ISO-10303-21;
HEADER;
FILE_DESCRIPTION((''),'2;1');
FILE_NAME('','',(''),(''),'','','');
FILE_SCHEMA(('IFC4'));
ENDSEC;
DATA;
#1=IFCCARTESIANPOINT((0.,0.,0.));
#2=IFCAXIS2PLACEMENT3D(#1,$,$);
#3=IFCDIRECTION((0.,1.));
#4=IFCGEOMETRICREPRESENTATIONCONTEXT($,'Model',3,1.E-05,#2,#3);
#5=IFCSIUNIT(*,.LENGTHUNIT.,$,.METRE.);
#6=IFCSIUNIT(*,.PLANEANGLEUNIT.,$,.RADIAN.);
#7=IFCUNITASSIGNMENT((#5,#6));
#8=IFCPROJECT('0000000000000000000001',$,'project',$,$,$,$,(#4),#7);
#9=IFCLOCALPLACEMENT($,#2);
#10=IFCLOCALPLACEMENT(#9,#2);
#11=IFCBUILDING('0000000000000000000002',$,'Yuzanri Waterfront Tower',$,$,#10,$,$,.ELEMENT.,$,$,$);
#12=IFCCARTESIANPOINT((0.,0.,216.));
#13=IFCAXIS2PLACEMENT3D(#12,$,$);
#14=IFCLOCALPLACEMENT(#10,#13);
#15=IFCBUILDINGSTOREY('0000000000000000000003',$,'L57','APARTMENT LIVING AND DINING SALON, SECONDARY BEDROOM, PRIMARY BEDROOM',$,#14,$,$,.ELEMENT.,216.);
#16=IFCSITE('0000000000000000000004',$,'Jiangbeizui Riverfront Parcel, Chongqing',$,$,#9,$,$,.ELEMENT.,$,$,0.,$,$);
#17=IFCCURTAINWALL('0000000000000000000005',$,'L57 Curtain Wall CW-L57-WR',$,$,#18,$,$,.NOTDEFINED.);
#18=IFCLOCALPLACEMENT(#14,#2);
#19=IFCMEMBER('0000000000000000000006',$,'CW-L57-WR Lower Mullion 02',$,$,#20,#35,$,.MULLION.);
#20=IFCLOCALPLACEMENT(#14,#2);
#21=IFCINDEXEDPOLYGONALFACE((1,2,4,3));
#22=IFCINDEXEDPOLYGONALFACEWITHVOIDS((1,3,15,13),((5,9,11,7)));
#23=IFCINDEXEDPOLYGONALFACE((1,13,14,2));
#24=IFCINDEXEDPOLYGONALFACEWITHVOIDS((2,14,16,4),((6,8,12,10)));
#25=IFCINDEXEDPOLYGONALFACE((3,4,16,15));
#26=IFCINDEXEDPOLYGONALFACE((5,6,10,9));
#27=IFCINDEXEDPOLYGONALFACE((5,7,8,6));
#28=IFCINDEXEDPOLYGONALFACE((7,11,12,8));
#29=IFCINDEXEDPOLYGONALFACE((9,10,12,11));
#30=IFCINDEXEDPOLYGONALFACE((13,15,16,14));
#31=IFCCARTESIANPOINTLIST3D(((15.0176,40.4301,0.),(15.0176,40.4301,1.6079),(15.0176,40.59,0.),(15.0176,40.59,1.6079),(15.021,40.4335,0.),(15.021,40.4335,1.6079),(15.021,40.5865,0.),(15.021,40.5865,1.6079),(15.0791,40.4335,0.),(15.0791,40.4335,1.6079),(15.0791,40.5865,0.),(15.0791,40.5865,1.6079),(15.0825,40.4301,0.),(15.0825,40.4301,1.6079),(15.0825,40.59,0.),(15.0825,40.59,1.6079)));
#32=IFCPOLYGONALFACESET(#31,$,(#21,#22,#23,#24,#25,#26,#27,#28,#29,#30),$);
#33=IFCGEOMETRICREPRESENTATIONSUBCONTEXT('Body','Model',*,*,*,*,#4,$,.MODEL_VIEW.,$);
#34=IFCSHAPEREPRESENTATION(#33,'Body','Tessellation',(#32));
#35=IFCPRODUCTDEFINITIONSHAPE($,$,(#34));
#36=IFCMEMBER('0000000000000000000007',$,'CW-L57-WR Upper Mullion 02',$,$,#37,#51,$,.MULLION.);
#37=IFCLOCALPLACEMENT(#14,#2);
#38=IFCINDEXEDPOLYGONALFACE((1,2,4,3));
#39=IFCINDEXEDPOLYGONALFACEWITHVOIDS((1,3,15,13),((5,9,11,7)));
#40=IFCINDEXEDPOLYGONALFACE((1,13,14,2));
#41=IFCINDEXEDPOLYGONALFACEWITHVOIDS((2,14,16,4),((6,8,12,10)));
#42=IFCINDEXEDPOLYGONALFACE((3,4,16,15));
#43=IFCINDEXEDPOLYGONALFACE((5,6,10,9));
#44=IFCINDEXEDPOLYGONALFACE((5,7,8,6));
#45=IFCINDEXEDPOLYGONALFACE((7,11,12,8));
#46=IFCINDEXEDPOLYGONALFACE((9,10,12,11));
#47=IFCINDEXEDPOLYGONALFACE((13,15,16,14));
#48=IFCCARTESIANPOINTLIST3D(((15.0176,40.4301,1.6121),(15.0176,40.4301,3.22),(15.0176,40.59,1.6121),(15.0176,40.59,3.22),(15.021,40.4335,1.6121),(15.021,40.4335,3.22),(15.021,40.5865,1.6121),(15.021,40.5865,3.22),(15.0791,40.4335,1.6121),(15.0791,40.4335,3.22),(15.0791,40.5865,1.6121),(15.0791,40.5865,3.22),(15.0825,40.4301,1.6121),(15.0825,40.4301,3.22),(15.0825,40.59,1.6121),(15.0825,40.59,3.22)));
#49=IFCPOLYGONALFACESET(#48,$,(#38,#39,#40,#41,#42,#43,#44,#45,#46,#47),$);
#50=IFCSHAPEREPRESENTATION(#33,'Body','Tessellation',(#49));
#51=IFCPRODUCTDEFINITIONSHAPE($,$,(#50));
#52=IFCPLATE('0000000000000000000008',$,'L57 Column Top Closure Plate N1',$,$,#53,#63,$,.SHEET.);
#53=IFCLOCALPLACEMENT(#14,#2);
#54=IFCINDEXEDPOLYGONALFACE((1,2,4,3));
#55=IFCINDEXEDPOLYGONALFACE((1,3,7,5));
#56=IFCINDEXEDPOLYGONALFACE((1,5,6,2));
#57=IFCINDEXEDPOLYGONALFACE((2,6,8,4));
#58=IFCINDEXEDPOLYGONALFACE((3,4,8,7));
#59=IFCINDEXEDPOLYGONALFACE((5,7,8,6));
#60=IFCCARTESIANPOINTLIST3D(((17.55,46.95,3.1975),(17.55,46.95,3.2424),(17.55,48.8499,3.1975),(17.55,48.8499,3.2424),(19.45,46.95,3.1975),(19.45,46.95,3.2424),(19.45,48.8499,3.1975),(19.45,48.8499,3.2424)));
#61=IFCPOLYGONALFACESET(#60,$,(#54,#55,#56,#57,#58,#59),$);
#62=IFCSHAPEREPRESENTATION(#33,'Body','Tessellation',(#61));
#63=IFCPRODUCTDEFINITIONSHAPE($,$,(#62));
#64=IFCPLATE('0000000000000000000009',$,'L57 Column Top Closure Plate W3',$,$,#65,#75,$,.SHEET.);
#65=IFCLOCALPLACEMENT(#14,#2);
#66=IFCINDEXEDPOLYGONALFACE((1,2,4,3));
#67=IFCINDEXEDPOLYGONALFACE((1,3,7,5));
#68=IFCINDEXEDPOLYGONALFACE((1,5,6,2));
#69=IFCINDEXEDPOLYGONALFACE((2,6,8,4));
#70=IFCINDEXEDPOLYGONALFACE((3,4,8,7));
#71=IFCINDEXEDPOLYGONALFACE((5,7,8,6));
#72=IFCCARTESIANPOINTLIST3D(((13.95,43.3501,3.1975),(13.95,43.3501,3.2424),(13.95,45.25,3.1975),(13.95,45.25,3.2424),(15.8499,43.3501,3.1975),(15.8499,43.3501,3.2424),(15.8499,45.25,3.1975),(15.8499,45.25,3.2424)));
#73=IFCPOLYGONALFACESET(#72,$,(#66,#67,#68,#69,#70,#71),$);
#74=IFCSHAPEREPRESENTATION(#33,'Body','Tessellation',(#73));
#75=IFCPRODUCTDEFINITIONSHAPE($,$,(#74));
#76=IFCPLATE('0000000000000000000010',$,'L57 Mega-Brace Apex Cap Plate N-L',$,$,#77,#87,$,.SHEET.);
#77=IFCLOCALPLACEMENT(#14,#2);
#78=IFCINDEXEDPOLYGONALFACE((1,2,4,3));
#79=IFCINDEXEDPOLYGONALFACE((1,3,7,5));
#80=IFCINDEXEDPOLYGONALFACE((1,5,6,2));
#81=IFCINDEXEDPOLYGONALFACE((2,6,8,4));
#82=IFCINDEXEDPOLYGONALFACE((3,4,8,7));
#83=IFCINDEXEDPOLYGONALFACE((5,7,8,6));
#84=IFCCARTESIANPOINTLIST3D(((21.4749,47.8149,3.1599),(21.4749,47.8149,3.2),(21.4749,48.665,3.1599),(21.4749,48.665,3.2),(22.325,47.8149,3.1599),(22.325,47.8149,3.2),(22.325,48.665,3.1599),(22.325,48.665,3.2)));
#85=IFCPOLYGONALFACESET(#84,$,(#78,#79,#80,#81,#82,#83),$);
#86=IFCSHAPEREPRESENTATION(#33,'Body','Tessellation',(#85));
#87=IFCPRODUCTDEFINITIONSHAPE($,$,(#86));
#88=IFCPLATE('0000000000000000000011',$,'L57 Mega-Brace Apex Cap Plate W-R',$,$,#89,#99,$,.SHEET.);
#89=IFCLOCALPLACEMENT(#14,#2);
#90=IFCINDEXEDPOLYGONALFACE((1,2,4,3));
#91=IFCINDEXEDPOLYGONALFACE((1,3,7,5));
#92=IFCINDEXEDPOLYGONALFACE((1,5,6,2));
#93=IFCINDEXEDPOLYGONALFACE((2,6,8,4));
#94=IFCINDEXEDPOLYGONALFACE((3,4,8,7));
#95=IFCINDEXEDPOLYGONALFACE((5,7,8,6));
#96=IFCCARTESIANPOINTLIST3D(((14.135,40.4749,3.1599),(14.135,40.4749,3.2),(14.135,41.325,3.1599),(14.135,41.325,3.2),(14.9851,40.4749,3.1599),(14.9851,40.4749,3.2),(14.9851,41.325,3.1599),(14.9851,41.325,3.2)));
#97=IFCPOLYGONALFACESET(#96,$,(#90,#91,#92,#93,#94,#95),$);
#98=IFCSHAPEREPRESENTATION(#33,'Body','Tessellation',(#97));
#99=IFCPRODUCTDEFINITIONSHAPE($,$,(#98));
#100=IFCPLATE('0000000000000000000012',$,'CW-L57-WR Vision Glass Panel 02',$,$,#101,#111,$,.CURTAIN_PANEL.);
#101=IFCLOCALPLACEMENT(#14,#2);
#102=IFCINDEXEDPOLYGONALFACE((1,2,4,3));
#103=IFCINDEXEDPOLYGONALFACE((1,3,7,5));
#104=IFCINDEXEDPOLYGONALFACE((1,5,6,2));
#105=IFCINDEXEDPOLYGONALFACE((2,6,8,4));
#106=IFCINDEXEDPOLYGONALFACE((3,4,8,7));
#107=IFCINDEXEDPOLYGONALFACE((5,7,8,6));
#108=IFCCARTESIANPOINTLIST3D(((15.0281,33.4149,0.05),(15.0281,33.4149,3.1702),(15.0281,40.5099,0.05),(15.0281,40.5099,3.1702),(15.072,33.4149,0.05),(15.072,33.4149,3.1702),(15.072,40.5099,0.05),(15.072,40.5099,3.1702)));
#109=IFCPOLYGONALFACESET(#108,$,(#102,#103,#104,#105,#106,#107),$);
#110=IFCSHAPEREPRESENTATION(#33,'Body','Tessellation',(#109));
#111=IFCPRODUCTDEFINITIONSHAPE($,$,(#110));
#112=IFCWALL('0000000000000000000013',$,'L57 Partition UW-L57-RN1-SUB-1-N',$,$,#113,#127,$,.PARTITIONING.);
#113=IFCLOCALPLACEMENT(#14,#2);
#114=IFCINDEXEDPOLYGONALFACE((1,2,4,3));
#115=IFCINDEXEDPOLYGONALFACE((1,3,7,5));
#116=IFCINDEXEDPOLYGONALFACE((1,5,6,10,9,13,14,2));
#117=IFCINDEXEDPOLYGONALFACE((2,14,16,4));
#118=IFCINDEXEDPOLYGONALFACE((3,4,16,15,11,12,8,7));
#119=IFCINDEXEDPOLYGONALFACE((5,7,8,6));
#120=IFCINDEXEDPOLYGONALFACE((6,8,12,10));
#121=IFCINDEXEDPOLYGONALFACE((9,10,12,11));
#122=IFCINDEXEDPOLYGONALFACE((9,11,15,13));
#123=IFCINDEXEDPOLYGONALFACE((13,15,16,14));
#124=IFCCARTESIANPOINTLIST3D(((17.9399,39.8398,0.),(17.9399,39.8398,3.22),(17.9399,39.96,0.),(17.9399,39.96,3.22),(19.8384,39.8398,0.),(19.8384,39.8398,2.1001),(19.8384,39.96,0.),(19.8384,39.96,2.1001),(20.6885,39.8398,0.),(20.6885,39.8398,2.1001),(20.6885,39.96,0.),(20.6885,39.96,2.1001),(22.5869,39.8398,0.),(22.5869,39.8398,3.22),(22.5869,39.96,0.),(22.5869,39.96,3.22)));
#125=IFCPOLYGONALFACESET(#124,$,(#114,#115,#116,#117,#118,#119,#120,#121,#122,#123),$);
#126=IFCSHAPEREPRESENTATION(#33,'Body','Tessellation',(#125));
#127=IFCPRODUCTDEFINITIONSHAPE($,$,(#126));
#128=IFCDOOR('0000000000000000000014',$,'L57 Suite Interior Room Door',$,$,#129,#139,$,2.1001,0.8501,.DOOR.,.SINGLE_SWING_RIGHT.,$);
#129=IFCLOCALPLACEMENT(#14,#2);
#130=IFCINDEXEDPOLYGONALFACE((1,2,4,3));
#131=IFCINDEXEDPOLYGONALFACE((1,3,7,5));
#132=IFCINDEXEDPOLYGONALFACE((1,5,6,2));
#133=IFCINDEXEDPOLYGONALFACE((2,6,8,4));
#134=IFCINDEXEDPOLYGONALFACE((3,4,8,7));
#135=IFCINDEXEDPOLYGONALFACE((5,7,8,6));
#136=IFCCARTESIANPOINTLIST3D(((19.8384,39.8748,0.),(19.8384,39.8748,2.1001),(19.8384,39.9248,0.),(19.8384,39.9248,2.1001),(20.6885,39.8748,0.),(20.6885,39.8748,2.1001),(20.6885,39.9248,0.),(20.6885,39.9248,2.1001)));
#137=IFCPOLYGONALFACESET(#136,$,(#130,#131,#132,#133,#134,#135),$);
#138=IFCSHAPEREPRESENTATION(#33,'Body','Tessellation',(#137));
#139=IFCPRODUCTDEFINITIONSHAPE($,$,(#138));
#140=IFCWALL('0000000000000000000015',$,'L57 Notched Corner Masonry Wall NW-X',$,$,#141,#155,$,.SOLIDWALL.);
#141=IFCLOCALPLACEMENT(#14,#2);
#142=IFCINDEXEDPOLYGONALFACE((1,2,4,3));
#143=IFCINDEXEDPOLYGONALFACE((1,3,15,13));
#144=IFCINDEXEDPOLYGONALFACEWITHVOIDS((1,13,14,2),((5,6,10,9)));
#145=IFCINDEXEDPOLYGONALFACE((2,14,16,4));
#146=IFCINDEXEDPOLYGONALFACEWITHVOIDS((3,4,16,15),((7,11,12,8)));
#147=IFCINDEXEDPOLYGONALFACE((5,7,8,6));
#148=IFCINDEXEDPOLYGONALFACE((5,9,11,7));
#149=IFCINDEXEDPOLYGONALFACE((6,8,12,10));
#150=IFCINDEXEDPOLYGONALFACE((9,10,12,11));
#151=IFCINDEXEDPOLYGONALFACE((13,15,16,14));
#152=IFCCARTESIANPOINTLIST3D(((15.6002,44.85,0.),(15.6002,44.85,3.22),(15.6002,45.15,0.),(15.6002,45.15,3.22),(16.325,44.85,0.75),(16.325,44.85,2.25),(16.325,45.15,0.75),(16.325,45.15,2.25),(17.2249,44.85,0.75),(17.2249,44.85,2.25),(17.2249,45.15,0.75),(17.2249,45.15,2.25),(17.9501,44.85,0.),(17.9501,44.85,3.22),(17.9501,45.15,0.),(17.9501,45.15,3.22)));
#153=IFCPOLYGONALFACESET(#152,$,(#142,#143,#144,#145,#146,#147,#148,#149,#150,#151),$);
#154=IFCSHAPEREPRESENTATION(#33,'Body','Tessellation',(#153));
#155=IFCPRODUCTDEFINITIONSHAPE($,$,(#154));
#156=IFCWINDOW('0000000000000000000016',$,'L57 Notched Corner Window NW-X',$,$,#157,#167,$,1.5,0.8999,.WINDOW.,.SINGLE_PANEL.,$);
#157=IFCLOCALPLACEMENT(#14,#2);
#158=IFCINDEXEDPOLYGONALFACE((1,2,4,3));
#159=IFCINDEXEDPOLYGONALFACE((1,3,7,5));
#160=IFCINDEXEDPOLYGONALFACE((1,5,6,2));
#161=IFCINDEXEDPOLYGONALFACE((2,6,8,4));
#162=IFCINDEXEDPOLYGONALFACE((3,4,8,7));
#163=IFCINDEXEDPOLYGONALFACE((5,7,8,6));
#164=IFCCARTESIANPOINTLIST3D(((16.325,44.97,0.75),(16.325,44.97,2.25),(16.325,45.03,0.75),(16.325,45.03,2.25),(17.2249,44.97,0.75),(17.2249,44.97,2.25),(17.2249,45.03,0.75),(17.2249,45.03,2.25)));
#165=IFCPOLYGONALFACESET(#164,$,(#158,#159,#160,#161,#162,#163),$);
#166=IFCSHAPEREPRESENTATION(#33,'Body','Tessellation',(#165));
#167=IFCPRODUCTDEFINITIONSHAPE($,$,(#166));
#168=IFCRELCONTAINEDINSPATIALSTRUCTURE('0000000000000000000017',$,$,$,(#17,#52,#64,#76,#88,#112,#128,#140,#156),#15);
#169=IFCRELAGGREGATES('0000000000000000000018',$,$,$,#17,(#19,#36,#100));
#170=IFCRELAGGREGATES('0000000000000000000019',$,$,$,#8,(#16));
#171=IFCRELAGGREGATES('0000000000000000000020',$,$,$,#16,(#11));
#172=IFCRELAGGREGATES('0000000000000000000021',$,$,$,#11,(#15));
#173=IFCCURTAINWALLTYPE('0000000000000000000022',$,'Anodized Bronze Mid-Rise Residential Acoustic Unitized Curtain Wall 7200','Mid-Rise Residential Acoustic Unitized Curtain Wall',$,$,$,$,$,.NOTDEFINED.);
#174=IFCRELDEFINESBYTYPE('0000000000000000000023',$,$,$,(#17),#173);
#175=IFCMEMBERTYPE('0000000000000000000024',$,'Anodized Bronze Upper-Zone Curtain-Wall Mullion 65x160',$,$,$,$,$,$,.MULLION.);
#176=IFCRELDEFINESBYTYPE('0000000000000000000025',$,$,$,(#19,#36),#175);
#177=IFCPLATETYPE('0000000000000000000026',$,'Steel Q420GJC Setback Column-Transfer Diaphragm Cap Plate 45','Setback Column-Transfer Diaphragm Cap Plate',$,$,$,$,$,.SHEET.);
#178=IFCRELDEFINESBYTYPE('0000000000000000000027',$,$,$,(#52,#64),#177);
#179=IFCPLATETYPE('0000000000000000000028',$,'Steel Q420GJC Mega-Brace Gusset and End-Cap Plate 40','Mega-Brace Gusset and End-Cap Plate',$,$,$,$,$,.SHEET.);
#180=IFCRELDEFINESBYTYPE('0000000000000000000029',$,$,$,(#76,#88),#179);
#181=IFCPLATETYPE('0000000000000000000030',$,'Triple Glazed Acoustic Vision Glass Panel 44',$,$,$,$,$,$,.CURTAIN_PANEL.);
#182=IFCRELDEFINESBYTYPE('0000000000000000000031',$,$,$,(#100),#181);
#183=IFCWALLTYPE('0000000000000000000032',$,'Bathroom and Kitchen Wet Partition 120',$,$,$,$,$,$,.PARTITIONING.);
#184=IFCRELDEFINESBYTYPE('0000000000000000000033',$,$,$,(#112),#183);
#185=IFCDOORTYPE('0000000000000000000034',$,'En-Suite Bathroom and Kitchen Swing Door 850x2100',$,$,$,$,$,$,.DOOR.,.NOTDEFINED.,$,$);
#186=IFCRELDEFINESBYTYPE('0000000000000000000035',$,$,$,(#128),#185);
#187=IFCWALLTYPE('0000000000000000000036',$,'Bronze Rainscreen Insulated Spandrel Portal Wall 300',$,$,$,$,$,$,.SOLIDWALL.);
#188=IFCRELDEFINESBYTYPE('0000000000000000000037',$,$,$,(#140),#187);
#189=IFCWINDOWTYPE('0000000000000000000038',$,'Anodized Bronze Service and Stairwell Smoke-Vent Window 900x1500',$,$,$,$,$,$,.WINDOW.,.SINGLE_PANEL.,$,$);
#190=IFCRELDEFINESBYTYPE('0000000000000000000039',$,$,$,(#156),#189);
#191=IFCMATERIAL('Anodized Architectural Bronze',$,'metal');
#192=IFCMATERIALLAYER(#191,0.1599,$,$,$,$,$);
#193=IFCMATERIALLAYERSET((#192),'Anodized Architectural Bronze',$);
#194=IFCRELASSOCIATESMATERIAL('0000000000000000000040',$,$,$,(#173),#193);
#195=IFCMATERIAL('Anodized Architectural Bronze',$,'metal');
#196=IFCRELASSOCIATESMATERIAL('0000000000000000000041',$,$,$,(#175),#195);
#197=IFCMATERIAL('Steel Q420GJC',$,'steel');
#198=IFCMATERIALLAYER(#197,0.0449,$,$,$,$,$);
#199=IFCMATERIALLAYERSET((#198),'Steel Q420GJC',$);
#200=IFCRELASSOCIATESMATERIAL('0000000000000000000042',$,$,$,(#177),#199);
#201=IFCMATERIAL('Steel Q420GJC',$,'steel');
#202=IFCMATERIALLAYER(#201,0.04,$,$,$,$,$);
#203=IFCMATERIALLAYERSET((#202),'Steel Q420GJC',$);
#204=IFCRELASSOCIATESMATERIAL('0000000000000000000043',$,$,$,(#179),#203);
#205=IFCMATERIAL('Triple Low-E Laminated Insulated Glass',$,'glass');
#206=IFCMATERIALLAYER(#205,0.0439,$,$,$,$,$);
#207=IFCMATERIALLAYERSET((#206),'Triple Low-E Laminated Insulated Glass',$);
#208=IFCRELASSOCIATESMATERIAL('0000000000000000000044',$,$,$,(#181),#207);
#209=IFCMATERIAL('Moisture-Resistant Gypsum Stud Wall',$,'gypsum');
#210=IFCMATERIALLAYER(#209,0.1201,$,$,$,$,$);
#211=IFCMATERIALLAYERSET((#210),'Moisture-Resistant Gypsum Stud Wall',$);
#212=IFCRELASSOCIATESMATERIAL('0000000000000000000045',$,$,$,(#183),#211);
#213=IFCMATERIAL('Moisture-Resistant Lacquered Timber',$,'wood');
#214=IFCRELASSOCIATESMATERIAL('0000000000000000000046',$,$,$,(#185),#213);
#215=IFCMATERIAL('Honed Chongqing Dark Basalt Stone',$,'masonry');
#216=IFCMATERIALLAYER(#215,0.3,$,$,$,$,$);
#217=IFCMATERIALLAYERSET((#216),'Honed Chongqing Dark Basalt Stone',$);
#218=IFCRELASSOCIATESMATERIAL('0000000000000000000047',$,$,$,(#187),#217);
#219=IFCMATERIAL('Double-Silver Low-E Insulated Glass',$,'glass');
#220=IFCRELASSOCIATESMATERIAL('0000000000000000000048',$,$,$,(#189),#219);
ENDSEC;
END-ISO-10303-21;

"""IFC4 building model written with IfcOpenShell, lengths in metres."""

from ifc_helpers import new_model, si_unit, direction, frame, frame_2d, origin, origin_2d, place, context, subcontext, project, spatial, rectangle, hollow_rectangle, extrude, source, transform, mapped, material, layer, layer_set, material_profile, profile_set, type_object, element, fill, aggregate, save


model = new_model("IFC4")

# Units and contexts
model_context = context("Model", 3, precision=1e-05, world=origin(), true_north=direction((0.0, 1.0)))
body_context = subcontext(model_context, "Body", "Model", "MODEL_VIEW")
ifc_project = project(units=[si_unit("LENGTHUNIT", "METRE"), si_unit("PLANEANGLEUNIT", "RADIAN")], contexts=[model_context])

# Site, building, storey
site_placement = place(None, origin())
site = spatial("IfcSite", under=ifc_project, at=site_placement, Name="Jiangbeizui Riverfront Parcel, Chongqing", CompositionType="ELEMENT", RefElevation=0.0)
building_placement = place(site_placement, origin())
building = spatial("IfcBuilding", under=site, at=building_placement, Name="Yuzanri Waterfront Tower", CompositionType="ELEMENT")
storey_placement = place(building_placement, frame((0.0, 0.0, 216.0)))
storey = spatial("IfcBuildingStorey", under=building, at=storey_placement, Name="L57", Description="APARTMENT LIVING AND DINING SALON, SECONDARY BEDROOM, PRIMARY BEDROOM", CompositionType="ELEMENT", Elevation=216.0)

# Curtain wall, members
ifc_material_1 = material(Name="Anodized Architectural Bronze", Category="metal")
ifc_layer_1 = layer(ifc_material_1, 0.1599)
ifc_layer_set_1 = layer_set([ifc_layer_1], Name="Anodized Architectural Bronze")
curtain_wall_type = type_object("IfcCurtainWallType", Name="Anodized Bronze Mid-Rise Residential Acoustic Unitized Curtain Wall 7200", Description="Mid-Rise Residential Acoustic Unitized Curtain Wall", PredefinedType="NOTDEFINED", material=ifc_layer_set_1)
curtain_wall_placement = place(storey_placement, origin())
curtain_wall = element("IfcCurtainWall", 1, at=curtain_wall_placement, inside=storey, type_object=curtain_wall_type, Name="L57 Curtain Wall CW-L57-WR", PredefinedType="NOTDEFINED")
ifc_material_2 = material(Name="Anodized Architectural Bronze", Category="metal")
ifc_material_profile_1 = material_profile(ifc_material_2, hollow_rectangle(XDim=0.0649, YDim=0.1599, WallThickness=0.0034, at=origin_2d()), Name="CWM 65x160")
ifc_profile_set_1 = profile_set([ifc_material_profile_1], Name="Anodized Architectural Bronze")
member_type = type_object("IfcMemberType", Name="Anodized Bronze Upper-Zone Curtain-Wall Mullion 65x160", PredefinedType="MULLION", material=ifc_profile_set_1)
shared_shape_1 = source(origin(), body_context, "Body", "SweptSolid", [
    extrude(hollow_rectangle(XDim=0.0649, YDim=0.1599, WallThickness=0.0034, at=origin_2d()), origin(), (0.0, 0.0, 1.0), 1.6079),
])
member_1_placement = place(storey_placement, frame((15.05, 40.51, 0.0), z_axis=(0.0, 0.0, 1.0), x_axis=(1.0, 0.0, 0.0)))
member_1 = element("IfcMember", 2, at=member_1_placement, type_object=member_type, Name="CW-L57-WR Lower Mullion 02", PredefinedType="MULLION", context=body_context, shape_type="MappedRepresentation", body=[
    mapped(shared_shape_1, transform((0.0, 0.0, 0.0), scale=1.0)),
])
member_2_placement = place(storey_placement, frame((15.05, 40.51, 1.6121), z_axis=(0.0, 0.0, 1.0), x_axis=(1.0, 0.0, 0.0)))
member_2 = element("IfcMember", 3, at=member_2_placement, type_object=member_type, Name="CW-L57-WR Upper Mullion 02", PredefinedType="MULLION", context=body_context, shape_type="MappedRepresentation", body=[
    mapped(shared_shape_1, transform((0.0, 0.0, 0.0), scale=1.0)),
])

# Plates
ifc_material_3 = material(Name="Steel Q420GJC", Category="steel")
ifc_layer_2 = layer(ifc_material_3, 0.0449)
ifc_layer_set_2 = layer_set([ifc_layer_2], Name="Steel Q420GJC")
plate_type_1 = type_object("IfcPlateType", Name="Steel Q420GJC Setback Column-Transfer Diaphragm Cap Plate 45", Description="Setback Column-Transfer Diaphragm Cap Plate", PredefinedType="SHEET", material=ifc_layer_set_2)
shared_shape_2 = source(origin(), body_context, "Body", "SweptSolid", [
    extrude(rectangle(XDim=1.8999, YDim=1.8999, at=origin_2d()), origin(), (0.0, 0.0, 1.0), 0.0449),
])
for number, where, z_axis, x_axis, name in (
    (4, (18.5, 47.8999, 3.1975), (0.0, 0.0, 1.0), (1.0, 0.0, 0.0), "L57 Column Top Closure Plate N1"),
    (5, (14.8999, 44.3, 3.1975), (0.0, 0.0, 1.0), (1.0, 0.0, 0.0), "L57 Column Top Closure Plate W3"),
):
    element("IfcPlate", number, at=place(storey_placement, frame(where, z_axis=z_axis, x_axis=x_axis)), inside=storey, type_object=plate_type_1, Name=name, PredefinedType="SHEET", context=body_context, shape_type="MappedRepresentation", body=[
        mapped(shared_shape_2, transform((0.0, 0.0, 0.0), scale=1.0)),
    ])
ifc_material_4 = material(Name="Steel Q420GJC", Category="steel")
ifc_layer_3 = layer(ifc_material_4, 0.04)
ifc_layer_set_3 = layer_set([ifc_layer_3], Name="Steel Q420GJC")
plate_type_2 = type_object("IfcPlateType", Name="Steel Q420GJC Mega-Brace Gusset and End-Cap Plate 40", Description="Mega-Brace Gusset and End-Cap Plate", PredefinedType="SHEET", material=ifc_layer_set_3)
shared_shape_3 = source(origin(), body_context, "Body", "SweptSolid", [
    extrude(rectangle(XDim=0.8501, YDim=0.8501, at=origin_2d()), origin(), (0.0, 0.0, 1.0), 0.04),
])
for number, where, z_axis, x_axis, name in (
    (6, (21.8999, 48.24, 3.1599), (0.0, 0.0, 1.0), (1.0, 0.0, 0.0), "L57 Mega-Brace Apex Cap Plate N-L"),
    (7, (14.5601, 40.8999, 3.1599), (0.0, 0.0, 1.0), (1.0, 0.0, 0.0), "L57 Mega-Brace Apex Cap Plate W-R"),
):
    element("IfcPlate", number, at=place(storey_placement, frame(where, z_axis=z_axis, x_axis=x_axis)), inside=storey, type_object=plate_type_2, Name=name, PredefinedType="SHEET", context=body_context, shape_type="MappedRepresentation", body=[
        mapped(shared_shape_3, transform((0.0, 0.0, 0.0), scale=1.0)),
    ])

# Plate
ifc_material_5 = material(Name="Triple Low-E Laminated Insulated Glass", Category="glass")
ifc_layer_4 = layer(ifc_material_5, 0.0439)
ifc_layer_set_4 = layer_set([ifc_layer_4], Name="Triple Low-E Laminated Insulated Glass")
plate_type_3 = type_object("IfcPlateType", Name="Triple Glazed Acoustic Vision Glass Panel 44", PredefinedType="CURTAIN_PANEL", material=ifc_layer_set_4)
shared_shape_4 = source(origin(), body_context, "Body", "SweptSolid", [
    extrude(rectangle(XDim=7.095, YDim=0.0439, at=origin_2d()), origin(), (0.0, 0.0, 1.0), 3.1201),
])
plate_placement = place(storey_placement, frame((15.05, 36.9624, 0.05), z_axis=(0.0, 0.0, 1.0), x_axis=(0.0, 1.0, 0.0)))
plate = element("IfcPlate", 8, at=plate_placement, type_object=plate_type_3, Name="CW-L57-WR Vision Glass Panel 02", PredefinedType="CURTAIN_PANEL", context=body_context, shape_type="MappedRepresentation", body=[
    mapped(shared_shape_4, transform((0.0, 0.0, 0.0), scale=1.0)),
])
aggregate(curtain_wall, [member_1, member_2, plate])

# Wall, opening, door
ifc_material_6 = material(Name="Moisture-Resistant Gypsum Stud Wall", Category="gypsum")
ifc_layer_5 = layer(ifc_material_6, 0.1201)
ifc_layer_set_5 = layer_set([ifc_layer_5], Name="Moisture-Resistant Gypsum Stud Wall")
wall_type_1 = type_object("IfcWallType", Name="Bathroom and Kitchen Wet Partition 120", PredefinedType="PARTITIONING", material=ifc_layer_set_5)
wall_1_placement = place(storey_placement, frame((17.9399, 39.8999, 0.0), z_axis=(0.0, 0.0, 1.0), x_axis=(1.0, 0.0, 0.0)))
wall_1 = element("IfcWall", 9, at=wall_1_placement, inside=storey, type_object=wall_type_1, Name="L57 Partition UW-L57-RN1-SUB-1-N", PredefinedType="PARTITIONING", context=body_context, shape_type="SweptSolid", body=[
    extrude(rectangle(XDim=4.647, YDim=0.1201, at=frame_2d((2.3235, 0.0))), origin(), (0.0, 0.0, 1.0), 3.22),
])
opening_1_placement = place(wall_1_placement, frame((1.8984, 0.0, 0.0)))
opening_1 = element("IfcOpeningElement", 10, at=opening_1_placement, cuts=wall_1, PredefinedType="OPENING", context=body_context, shape_type="SweptSolid", body=[
    extrude(rectangle(XDim=0.8501, YDim=2.1001, at=frame_2d((0.425, 1.05))), frame((0.0, 0.075, 0.0), z_axis=(0.0, -1.0, 0.0), x_axis=(1.0, 0.0, 0.0)), (0.0, 0.0, 1.0), 0.1499),
])
ifc_material_7 = material(Name="Moisture-Resistant Lacquered Timber", Category="wood")
door_type = type_object("IfcDoorType", Name="En-Suite Bathroom and Kitchen Swing Door 850x2100", OperationType="NOTDEFINED", PredefinedType="DOOR", material=ifc_material_7)
shared_shape_5 = source(origin(), body_context, "Body", "SweptSolid", [
    extrude(rectangle(XDim=0.8501, YDim=2.1001, at=frame_2d((0.425, 1.05))), frame((0.0, 0.0249, 0.0), z_axis=(0.0, -1.0, 0.0), x_axis=(1.0, 0.0, 0.0)), (0.0, 0.0, 1.0), 0.05),
])
door_placement = place(opening_1_placement, origin())
door = element("IfcDoor", 11, at=door_placement, inside=storey, type_object=door_type, Name="L57 Suite Interior Room Door", OperationType="SINGLE_SWING_RIGHT", OverallHeight=2.1001, OverallWidth=0.8501, PredefinedType="DOOR", context=body_context, shape_type="MappedRepresentation", body=[
    mapped(shared_shape_5, transform((0.0, 0.0, 0.0), scale=1.0)),
])
fill(opening_1, door)

# Wall, opening, window
ifc_material_8 = material(Name="Honed Chongqing Dark Basalt Stone", Category="masonry")
ifc_layer_6 = layer(ifc_material_8, 0.3)
ifc_layer_set_6 = layer_set([ifc_layer_6], Name="Honed Chongqing Dark Basalt Stone")
wall_type_2 = type_object("IfcWallType", Name="Bronze Rainscreen Insulated Spandrel Portal Wall 300", PredefinedType="SOLIDWALL", material=ifc_layer_set_6)
wall_2_placement = place(storey_placement, frame((17.95, 45.0, 0.0), z_axis=(0.0, 0.0, 1.0), x_axis=(-1.0, 0.0, 0.0)))
wall_2 = element("IfcWall", 12, at=wall_2_placement, inside=storey, type_object=wall_type_2, Name="L57 Notched Corner Masonry Wall NW-X", PredefinedType="SOLIDWALL", context=body_context, shape_type="SweptSolid", body=[
    extrude(rectangle(XDim=2.3499, YDim=0.3, at=frame_2d((1.1748, 0.0))), origin(), (0.0, 0.0, 1.0), 3.22),
])
opening_2_placement = place(wall_2_placement, frame((0.7251, 0.0, 0.75)))
opening_2 = element("IfcOpeningElement", 13, at=opening_2_placement, cuts=wall_2, PredefinedType="OPENING", context=body_context, shape_type="SweptSolid", body=[
    extrude(rectangle(XDim=0.8999, YDim=1.5, at=frame_2d((0.45, 0.75))), frame((0.0, 0.165, 0.0), z_axis=(0.0, -1.0, 0.0), x_axis=(1.0, 0.0, 0.0)), (0.0, 0.0, 1.0), 0.3298),
])
ifc_material_9 = material(Name="Double-Silver Low-E Insulated Glass", Category="glass")
window_type = type_object("IfcWindowType", Name="Anodized Bronze Service and Stairwell Smoke-Vent Window 900x1500", PartitioningType="SINGLE_PANEL", PredefinedType="WINDOW", material=ifc_material_9)
shared_shape_6 = source(origin(), body_context, "Body", "SweptSolid", [
    extrude(rectangle(XDim=0.8999, YDim=1.5, at=frame_2d((0.45, 0.75))), frame((0.0, 0.03, 0.0), z_axis=(0.0, -1.0, 0.0), x_axis=(1.0, 0.0, 0.0)), (0.0, 0.0, 1.0), 0.0601),
])
window_1_placement = place(opening_2_placement, origin())
window_1 = element("IfcWindow", 14, at=window_1_placement, inside=storey, type_object=window_type, Name="L57 Notched Corner Window NW-X", OverallHeight=1.5, OverallWidth=0.8999, PartitioningType="SINGLE_PANEL", PredefinedType="WINDOW", context=body_context, shape_type="MappedRepresentation", body=[
    mapped(shared_shape_6, transform((0.0, 0.0, 0.0), scale=1.0)),
])
fill(opening_2, window_1)

save(model, "model.ifc")
